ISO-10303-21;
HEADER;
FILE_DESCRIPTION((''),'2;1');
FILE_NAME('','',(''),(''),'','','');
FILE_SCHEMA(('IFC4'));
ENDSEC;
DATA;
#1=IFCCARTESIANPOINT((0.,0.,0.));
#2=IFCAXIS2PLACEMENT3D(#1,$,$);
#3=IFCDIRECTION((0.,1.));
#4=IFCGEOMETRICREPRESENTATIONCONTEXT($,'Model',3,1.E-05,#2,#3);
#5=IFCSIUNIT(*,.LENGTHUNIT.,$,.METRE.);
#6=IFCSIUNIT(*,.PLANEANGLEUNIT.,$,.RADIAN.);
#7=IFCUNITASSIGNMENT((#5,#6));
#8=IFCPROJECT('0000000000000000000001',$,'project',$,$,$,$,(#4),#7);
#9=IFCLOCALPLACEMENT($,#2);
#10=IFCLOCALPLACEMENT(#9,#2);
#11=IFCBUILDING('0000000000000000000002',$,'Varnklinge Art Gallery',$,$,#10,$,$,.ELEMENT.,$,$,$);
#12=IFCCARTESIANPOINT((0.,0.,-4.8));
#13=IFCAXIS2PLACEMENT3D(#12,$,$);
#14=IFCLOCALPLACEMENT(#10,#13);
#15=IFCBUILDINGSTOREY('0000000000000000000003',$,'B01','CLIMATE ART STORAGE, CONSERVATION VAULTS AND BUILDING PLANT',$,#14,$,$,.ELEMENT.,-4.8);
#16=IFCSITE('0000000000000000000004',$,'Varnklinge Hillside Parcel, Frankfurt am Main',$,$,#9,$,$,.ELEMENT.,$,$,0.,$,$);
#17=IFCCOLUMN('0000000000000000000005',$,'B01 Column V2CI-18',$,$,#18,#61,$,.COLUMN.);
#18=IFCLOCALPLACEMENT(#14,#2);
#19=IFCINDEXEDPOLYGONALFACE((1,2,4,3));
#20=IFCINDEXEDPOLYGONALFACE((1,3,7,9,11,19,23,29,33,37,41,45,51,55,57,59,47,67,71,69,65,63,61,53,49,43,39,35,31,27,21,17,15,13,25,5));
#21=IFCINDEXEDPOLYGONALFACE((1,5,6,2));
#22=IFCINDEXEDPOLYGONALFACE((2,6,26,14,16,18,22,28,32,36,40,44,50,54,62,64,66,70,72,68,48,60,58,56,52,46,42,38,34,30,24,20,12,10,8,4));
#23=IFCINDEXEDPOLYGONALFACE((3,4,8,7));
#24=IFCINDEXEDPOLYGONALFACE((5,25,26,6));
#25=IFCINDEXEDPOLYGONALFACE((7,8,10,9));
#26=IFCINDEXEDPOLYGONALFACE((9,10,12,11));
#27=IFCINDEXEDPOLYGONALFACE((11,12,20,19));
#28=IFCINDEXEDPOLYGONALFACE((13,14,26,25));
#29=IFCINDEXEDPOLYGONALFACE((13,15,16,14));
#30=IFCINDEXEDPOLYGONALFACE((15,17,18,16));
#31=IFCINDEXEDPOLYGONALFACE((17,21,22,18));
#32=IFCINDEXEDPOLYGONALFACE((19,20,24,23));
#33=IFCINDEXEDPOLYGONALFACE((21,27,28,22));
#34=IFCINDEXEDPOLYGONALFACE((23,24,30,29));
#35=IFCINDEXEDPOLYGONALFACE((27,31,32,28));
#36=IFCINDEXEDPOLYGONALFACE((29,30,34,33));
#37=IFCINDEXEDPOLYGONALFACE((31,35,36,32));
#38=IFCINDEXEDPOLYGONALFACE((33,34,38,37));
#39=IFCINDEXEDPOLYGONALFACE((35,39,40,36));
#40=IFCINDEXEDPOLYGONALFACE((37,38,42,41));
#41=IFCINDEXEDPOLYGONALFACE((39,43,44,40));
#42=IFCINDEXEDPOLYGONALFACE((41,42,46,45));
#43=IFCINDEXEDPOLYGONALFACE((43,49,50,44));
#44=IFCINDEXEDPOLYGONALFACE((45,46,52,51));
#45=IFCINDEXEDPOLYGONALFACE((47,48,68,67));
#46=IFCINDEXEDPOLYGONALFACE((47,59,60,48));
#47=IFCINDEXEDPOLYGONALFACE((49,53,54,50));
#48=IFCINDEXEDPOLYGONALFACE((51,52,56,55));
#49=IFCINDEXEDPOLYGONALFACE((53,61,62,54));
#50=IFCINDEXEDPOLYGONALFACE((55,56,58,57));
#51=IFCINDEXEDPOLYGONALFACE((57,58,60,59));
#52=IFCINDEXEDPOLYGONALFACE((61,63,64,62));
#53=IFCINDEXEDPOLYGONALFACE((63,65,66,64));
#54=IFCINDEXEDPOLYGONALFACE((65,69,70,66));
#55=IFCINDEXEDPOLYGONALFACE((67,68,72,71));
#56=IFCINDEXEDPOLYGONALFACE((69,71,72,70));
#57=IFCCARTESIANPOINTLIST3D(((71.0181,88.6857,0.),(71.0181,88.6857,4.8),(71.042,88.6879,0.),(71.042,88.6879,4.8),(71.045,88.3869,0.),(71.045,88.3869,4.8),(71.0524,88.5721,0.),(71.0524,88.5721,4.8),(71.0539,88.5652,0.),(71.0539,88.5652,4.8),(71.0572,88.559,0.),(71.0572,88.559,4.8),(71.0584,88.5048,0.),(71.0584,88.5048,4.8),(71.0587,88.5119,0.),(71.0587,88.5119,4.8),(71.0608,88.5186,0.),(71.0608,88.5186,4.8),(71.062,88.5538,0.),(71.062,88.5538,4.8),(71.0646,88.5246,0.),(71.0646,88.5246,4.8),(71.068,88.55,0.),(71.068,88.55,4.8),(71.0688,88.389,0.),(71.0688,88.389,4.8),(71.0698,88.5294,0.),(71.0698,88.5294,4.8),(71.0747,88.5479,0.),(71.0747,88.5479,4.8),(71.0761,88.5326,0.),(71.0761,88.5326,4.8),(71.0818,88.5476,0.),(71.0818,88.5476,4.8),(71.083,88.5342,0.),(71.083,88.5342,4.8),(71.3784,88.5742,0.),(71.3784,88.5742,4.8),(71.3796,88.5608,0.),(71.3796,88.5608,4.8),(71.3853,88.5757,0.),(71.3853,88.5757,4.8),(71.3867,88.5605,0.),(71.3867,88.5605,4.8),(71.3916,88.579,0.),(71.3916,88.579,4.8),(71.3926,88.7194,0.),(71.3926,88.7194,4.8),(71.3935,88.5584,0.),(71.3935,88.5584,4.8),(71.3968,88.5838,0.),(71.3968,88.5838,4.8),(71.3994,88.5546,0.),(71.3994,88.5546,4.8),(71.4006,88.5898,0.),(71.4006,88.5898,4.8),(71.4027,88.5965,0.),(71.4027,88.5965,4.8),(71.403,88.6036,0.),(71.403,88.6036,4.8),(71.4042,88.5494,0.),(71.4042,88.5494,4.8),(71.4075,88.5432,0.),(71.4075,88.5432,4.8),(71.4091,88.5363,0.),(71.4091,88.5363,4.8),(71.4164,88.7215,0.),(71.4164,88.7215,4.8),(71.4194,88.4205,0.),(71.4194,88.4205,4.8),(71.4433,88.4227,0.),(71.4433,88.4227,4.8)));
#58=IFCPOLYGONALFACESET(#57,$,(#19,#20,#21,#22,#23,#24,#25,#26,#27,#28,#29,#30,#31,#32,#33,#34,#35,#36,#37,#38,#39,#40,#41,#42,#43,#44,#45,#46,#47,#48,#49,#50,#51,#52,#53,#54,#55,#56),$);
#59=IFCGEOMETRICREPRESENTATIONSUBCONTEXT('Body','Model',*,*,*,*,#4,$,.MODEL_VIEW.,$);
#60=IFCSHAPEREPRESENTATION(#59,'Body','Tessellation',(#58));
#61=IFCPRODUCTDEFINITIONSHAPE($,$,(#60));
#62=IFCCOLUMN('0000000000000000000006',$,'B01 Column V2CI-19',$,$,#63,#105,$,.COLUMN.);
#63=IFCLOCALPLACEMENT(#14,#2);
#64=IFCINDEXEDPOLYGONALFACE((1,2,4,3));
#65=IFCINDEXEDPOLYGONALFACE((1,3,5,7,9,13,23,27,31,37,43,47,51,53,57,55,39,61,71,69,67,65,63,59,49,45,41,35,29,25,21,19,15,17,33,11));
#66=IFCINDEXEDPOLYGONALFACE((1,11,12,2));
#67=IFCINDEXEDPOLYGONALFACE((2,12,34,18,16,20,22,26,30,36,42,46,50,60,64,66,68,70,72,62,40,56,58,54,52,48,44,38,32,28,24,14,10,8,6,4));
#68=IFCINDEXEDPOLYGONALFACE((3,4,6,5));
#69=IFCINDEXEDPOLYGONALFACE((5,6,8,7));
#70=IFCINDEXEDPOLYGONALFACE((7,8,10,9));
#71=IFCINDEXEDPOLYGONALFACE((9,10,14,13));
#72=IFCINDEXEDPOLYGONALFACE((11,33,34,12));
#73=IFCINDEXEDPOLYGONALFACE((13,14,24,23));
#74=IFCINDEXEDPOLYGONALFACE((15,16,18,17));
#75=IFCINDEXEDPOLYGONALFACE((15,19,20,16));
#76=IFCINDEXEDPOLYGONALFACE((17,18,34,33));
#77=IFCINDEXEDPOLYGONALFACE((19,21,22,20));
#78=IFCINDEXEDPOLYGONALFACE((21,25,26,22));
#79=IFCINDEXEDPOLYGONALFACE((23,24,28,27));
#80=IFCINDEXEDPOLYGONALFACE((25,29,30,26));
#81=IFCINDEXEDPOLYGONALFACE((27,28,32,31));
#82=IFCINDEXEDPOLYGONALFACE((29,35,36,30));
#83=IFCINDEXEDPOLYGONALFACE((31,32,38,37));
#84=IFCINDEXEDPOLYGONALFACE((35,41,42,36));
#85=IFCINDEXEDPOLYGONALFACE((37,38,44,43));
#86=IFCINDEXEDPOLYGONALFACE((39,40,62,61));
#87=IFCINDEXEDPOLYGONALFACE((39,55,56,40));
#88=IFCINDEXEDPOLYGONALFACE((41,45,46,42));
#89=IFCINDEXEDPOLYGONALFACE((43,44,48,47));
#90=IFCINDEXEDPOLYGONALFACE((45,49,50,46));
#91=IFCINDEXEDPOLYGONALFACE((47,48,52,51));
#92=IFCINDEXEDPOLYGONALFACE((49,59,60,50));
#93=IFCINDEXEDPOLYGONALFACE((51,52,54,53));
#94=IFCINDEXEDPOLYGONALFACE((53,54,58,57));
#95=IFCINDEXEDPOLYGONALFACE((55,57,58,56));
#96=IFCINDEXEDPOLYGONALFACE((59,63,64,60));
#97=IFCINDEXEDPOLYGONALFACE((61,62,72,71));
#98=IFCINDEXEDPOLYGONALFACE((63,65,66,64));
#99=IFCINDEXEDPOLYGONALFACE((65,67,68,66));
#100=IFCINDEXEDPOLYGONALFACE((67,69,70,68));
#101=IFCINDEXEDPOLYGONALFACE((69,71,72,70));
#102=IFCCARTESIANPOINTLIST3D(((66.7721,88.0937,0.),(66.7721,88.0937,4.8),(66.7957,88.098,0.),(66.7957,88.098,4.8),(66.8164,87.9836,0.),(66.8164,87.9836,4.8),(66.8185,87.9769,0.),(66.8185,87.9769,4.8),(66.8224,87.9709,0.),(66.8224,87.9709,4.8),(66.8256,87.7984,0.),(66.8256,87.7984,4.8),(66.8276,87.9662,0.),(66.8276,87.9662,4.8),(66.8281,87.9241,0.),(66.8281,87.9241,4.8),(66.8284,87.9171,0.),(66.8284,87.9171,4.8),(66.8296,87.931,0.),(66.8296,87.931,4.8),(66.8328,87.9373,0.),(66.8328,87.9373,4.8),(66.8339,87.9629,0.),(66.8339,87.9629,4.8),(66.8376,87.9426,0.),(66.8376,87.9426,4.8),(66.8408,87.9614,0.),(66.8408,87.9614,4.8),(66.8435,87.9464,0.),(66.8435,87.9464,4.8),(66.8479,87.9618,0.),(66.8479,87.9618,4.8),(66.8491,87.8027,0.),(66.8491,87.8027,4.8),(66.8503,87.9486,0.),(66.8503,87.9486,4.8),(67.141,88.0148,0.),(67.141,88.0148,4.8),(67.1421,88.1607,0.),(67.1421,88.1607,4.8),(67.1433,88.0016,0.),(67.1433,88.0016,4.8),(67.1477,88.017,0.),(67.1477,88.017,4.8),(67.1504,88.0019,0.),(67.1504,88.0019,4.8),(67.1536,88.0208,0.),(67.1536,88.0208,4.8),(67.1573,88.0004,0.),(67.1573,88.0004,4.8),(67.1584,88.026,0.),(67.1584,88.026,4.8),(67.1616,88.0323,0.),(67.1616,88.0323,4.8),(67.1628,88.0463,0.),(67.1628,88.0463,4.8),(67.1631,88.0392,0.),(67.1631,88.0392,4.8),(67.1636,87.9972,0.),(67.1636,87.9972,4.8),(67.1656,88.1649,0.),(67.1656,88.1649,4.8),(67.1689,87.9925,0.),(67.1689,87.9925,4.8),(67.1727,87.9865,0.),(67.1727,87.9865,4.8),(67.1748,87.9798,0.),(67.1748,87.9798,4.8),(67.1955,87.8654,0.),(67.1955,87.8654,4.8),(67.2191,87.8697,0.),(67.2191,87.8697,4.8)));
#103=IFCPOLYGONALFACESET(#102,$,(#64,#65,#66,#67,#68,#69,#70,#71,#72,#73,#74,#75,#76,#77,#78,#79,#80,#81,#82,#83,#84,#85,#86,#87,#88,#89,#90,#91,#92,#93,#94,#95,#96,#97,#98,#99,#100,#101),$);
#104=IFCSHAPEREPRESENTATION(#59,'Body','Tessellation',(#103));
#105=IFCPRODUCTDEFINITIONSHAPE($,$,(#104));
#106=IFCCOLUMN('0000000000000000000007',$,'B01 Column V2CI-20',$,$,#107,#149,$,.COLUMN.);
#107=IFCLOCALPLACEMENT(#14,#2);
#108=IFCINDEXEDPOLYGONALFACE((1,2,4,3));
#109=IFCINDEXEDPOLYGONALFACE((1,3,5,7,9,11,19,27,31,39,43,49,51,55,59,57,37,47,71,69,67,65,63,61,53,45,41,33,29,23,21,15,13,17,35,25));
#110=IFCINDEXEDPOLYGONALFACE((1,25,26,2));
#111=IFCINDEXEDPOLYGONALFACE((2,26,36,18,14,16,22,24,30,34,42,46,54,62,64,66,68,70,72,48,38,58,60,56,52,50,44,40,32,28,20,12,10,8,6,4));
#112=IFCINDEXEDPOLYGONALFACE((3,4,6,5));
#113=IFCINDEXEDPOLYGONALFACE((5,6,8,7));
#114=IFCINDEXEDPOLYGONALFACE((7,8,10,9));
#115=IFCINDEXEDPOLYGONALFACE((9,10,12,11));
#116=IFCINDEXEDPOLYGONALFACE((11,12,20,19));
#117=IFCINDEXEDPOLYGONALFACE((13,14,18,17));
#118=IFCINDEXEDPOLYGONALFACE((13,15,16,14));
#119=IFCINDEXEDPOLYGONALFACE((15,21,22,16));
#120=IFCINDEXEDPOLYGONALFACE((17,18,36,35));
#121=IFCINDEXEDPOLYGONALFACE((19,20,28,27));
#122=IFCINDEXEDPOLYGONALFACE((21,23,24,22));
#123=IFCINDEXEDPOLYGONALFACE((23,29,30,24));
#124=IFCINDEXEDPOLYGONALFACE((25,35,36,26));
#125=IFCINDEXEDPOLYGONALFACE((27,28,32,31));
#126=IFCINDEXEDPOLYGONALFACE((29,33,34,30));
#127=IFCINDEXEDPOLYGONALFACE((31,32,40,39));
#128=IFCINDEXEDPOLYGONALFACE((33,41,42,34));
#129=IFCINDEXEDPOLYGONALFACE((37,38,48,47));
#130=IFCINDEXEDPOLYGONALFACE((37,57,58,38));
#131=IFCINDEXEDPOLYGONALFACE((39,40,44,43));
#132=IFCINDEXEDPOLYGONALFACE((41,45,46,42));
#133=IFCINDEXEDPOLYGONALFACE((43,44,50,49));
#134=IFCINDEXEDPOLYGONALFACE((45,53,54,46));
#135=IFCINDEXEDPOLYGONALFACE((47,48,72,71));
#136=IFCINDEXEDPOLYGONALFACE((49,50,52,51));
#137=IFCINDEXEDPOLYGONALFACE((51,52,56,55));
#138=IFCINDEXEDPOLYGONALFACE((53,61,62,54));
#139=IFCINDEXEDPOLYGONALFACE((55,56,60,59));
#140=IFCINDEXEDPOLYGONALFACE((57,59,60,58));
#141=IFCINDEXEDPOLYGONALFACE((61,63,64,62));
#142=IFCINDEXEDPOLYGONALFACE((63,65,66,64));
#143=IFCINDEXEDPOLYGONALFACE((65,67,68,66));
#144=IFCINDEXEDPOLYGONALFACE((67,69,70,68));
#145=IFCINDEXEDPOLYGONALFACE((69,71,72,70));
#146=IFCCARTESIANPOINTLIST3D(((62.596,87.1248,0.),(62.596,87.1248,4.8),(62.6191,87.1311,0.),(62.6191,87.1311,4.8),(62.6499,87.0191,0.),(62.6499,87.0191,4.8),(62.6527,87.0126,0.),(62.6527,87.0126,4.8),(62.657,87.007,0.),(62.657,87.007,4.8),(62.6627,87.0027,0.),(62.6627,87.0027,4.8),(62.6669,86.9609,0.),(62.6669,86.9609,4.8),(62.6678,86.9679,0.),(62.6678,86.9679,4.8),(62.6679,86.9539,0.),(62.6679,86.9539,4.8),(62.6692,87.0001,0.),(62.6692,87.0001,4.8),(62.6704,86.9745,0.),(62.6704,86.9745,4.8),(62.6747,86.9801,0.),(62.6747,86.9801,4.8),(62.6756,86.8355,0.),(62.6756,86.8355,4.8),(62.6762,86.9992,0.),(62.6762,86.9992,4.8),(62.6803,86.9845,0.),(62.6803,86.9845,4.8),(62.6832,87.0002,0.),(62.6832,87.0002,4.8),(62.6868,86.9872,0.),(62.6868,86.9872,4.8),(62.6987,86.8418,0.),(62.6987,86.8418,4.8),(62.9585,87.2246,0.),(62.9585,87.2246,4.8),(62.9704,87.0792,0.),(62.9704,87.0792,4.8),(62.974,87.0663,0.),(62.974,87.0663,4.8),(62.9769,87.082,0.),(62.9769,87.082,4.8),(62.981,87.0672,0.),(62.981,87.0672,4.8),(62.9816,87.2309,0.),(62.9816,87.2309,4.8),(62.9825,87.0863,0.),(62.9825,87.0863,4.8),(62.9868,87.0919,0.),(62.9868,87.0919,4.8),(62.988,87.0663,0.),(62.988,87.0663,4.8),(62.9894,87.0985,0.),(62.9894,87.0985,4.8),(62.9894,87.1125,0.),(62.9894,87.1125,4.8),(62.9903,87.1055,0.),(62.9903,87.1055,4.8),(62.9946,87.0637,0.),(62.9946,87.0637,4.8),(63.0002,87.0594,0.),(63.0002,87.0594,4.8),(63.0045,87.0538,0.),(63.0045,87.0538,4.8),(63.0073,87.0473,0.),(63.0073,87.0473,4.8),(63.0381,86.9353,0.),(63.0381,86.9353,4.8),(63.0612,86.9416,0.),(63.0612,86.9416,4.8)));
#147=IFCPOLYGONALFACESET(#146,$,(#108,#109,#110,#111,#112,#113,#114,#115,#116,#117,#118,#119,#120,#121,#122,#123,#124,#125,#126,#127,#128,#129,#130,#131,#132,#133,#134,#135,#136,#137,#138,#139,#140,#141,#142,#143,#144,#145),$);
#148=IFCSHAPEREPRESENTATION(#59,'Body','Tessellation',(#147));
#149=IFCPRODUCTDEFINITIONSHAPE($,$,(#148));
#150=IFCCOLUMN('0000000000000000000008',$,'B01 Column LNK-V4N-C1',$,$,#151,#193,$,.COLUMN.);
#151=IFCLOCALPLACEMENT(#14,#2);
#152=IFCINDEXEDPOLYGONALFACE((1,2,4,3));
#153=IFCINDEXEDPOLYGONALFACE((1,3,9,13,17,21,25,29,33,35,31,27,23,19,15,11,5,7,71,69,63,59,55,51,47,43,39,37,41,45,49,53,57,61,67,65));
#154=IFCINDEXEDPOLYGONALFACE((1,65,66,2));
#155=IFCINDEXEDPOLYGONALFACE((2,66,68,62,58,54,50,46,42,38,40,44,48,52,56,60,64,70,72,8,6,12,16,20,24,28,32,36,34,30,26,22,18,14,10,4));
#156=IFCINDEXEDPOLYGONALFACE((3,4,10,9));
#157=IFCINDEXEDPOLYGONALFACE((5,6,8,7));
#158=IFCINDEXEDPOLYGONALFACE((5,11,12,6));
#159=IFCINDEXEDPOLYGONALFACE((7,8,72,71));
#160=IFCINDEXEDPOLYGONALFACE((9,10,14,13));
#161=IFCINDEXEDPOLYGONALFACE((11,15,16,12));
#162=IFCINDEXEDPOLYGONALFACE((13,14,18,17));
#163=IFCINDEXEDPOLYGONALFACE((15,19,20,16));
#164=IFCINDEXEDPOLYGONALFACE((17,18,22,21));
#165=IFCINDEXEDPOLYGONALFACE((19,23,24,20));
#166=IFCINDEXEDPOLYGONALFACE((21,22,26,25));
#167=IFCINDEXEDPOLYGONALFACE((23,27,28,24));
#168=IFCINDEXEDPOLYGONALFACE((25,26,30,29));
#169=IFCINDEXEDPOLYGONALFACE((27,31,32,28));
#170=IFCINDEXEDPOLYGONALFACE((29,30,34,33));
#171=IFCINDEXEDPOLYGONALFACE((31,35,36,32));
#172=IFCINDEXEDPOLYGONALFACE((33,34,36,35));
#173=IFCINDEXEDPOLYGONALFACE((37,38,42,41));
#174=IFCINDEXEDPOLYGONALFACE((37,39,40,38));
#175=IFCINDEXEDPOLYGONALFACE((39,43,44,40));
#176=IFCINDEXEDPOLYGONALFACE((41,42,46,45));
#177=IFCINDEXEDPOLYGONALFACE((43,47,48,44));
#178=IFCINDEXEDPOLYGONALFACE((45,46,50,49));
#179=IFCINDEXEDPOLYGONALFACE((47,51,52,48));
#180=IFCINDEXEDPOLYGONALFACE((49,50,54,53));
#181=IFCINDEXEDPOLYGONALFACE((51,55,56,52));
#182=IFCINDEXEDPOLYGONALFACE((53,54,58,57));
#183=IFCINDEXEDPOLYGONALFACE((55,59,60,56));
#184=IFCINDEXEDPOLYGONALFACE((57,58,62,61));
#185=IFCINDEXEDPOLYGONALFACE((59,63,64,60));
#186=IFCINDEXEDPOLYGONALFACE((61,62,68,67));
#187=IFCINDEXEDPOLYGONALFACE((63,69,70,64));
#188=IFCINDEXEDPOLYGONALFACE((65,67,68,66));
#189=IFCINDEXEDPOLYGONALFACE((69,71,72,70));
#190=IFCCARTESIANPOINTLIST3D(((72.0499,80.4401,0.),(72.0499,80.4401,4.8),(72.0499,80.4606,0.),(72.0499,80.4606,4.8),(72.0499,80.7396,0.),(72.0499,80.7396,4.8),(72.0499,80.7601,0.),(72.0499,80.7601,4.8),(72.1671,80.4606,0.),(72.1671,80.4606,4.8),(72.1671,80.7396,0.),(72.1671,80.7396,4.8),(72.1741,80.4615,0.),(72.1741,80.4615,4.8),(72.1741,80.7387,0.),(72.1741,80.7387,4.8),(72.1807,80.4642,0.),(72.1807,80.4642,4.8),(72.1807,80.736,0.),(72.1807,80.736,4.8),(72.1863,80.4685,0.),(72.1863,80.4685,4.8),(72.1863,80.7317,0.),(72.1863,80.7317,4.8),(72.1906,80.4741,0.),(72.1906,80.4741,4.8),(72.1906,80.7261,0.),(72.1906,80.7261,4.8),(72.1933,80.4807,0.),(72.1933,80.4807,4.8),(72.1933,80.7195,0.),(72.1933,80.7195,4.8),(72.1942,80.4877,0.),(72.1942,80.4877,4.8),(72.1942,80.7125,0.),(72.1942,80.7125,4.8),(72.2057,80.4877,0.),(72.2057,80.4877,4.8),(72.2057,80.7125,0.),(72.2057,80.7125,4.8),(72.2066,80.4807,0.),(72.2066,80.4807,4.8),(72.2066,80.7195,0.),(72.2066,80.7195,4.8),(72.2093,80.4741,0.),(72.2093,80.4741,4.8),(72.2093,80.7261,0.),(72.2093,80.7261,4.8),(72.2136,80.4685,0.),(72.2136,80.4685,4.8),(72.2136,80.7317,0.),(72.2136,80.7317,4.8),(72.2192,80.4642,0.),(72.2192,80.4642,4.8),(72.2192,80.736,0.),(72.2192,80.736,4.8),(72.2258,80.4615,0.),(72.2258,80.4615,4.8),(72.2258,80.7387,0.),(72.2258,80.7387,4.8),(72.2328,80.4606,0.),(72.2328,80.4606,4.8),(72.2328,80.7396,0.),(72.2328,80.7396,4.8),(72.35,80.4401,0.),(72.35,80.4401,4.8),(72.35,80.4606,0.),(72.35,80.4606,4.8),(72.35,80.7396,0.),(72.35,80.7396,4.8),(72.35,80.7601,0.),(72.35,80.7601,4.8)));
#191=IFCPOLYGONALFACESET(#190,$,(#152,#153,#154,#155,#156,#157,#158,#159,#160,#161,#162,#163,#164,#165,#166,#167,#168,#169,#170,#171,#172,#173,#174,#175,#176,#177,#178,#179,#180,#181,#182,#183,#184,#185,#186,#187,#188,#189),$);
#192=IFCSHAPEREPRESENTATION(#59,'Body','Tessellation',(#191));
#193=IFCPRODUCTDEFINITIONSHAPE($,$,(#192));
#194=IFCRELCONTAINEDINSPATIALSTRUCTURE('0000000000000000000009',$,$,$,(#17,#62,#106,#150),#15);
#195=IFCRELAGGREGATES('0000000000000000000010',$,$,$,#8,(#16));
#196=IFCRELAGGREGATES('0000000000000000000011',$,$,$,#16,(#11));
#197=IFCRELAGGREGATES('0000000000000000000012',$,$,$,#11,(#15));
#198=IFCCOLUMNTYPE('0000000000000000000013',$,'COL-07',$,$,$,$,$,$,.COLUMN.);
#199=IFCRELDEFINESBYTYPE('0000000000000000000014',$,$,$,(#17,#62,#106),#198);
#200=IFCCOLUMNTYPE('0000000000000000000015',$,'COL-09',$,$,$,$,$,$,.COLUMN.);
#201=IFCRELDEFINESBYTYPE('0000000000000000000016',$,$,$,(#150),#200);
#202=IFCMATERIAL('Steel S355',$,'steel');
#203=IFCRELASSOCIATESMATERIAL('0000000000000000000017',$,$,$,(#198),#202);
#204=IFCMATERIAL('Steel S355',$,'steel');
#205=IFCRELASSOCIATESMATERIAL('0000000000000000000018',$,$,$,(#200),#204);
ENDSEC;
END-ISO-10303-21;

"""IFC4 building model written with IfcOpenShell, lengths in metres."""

from ifc_helpers import new_model, si_unit, direction, frame, origin, origin_2d, place, context, subcontext, project, spatial, i_section, extrude, material, material_profile, profile_set, type_object, element, save


model = new_model("IFC4")

# Units and contexts
model_context = context("Model", 3, precision=1e-05, world=origin(), true_north=direction((0.0, 1.0)))
body_context = subcontext(model_context, "Body", "Model", "MODEL_VIEW")
ifc_project = project(units=[si_unit("LENGTHUNIT", "METRE"), si_unit("PLANEANGLEUNIT", "RADIAN")], contexts=[model_context])

# Site, building, storey
site_placement = place(None, origin())
site = spatial("IfcSite", under=ifc_project, at=site_placement, Name="Varnklinge Hillside Parcel, Frankfurt am Main", CompositionType="ELEMENT", RefElevation=0.0)
building_placement = place(site_placement, origin())
building = spatial("IfcBuilding", under=site, at=building_placement, Name="Varnklinge Art Gallery", CompositionType="ELEMENT")
storey_placement = place(building_placement, frame((0.0, 0.0, -4.8)))
storey = spatial("IfcBuildingStorey", under=building, at=storey_placement, Name="B01", Description="CLIMATE ART STORAGE, CONSERVATION VAULTS AND BUILDING PLANT", CompositionType="ELEMENT", Elevation=-4.8)

# Columns
ifc_material_1 = material(Name="Steel S355", Category="steel")
ifc_material_profile_1 = material_profile(ifc_material_1, i_section(OverallWidth=0.3, OverallDepth=0.3999, WebThickness=0.0134, FlangeThickness=0.0239, FilletRadius=0.0271, at=origin_2d()), Name="HEB 400")
ifc_profile_set_1 = profile_set([ifc_material_profile_1], Name="Steel S355")
column_type_1 = type_object("IfcColumnType", Name="COL-07", PredefinedType="COLUMN", material=ifc_profile_set_1)
for number, where, z_axis, x_axis, name in (
    (1, (71.2307, 88.5542, 0.0), (0.0, 0.0, 1.0), (0.089416, -0.995994, 0.0), "B01 Column V2CI-18"),
    (2, (66.9956, 87.9817, 0.0), (0.0, 0.0, 1.0), (0.178115, -0.98401, 0.0), "B01 Column V2CI-19"),
    (3, (62.8286, 87.0332, 0.0), (0.0, 0.0, 1.0), (0.265388, -0.964142, 0.0), "B01 Column V2CI-20"),
):
    element("IfcColumn", number, at=place(storey_placement, frame(where, z_axis=z_axis, x_axis=x_axis)), inside=storey, type_object=column_type_1, Name=name, PredefinedType="COLUMN", context=body_context, shape_type="SweptSolid", body=[
        extrude(i_section(OverallWidth=0.3, OverallDepth=0.3999, WebThickness=0.0134, FlangeThickness=0.0239, FilletRadius=0.0271, at=origin_2d()), origin(), (0.0, 0.0, 1.0), 4.8),
    ])
ifc_material_2 = material(Name="Steel S355", Category="steel")
ifc_material_profile_2 = material_profile(ifc_material_2, i_section(OverallWidth=0.3, OverallDepth=0.3201, WebThickness=0.0115, FlangeThickness=0.0205, FilletRadius=0.0271, at=origin_2d()), Name="HEB 320")
ifc_profile_set_2 = profile_set([ifc_material_profile_2], Name="Steel S355")
column_type_2 = type_object("IfcColumnType", Name="COL-09", PredefinedType="COLUMN", material=ifc_profile_set_2)
for number, where, z_axis, x_axis, name in (
    (4, (72.2, 80.6001, 0.0), (0.0, 0.0, 1.0), (1.0, 0.0, 0.0), "B01 Column LNK-V4N-C1"),
):
    element("IfcColumn", number, at=place(storey_placement, frame(where, z_axis=z_axis, x_axis=x_axis)), inside=storey, type_object=column_type_2, Name=name, PredefinedType="COLUMN", context=body_context, shape_type="SweptSolid", body=[
        extrude(i_section(OverallWidth=0.3, OverallDepth=0.3201, WebThickness=0.0115, FlangeThickness=0.0205, FilletRadius=0.0271, at=origin_2d()), origin(), (0.0, 0.0, 1.0), 4.8),
    ])

save(model, "model.ifc")
